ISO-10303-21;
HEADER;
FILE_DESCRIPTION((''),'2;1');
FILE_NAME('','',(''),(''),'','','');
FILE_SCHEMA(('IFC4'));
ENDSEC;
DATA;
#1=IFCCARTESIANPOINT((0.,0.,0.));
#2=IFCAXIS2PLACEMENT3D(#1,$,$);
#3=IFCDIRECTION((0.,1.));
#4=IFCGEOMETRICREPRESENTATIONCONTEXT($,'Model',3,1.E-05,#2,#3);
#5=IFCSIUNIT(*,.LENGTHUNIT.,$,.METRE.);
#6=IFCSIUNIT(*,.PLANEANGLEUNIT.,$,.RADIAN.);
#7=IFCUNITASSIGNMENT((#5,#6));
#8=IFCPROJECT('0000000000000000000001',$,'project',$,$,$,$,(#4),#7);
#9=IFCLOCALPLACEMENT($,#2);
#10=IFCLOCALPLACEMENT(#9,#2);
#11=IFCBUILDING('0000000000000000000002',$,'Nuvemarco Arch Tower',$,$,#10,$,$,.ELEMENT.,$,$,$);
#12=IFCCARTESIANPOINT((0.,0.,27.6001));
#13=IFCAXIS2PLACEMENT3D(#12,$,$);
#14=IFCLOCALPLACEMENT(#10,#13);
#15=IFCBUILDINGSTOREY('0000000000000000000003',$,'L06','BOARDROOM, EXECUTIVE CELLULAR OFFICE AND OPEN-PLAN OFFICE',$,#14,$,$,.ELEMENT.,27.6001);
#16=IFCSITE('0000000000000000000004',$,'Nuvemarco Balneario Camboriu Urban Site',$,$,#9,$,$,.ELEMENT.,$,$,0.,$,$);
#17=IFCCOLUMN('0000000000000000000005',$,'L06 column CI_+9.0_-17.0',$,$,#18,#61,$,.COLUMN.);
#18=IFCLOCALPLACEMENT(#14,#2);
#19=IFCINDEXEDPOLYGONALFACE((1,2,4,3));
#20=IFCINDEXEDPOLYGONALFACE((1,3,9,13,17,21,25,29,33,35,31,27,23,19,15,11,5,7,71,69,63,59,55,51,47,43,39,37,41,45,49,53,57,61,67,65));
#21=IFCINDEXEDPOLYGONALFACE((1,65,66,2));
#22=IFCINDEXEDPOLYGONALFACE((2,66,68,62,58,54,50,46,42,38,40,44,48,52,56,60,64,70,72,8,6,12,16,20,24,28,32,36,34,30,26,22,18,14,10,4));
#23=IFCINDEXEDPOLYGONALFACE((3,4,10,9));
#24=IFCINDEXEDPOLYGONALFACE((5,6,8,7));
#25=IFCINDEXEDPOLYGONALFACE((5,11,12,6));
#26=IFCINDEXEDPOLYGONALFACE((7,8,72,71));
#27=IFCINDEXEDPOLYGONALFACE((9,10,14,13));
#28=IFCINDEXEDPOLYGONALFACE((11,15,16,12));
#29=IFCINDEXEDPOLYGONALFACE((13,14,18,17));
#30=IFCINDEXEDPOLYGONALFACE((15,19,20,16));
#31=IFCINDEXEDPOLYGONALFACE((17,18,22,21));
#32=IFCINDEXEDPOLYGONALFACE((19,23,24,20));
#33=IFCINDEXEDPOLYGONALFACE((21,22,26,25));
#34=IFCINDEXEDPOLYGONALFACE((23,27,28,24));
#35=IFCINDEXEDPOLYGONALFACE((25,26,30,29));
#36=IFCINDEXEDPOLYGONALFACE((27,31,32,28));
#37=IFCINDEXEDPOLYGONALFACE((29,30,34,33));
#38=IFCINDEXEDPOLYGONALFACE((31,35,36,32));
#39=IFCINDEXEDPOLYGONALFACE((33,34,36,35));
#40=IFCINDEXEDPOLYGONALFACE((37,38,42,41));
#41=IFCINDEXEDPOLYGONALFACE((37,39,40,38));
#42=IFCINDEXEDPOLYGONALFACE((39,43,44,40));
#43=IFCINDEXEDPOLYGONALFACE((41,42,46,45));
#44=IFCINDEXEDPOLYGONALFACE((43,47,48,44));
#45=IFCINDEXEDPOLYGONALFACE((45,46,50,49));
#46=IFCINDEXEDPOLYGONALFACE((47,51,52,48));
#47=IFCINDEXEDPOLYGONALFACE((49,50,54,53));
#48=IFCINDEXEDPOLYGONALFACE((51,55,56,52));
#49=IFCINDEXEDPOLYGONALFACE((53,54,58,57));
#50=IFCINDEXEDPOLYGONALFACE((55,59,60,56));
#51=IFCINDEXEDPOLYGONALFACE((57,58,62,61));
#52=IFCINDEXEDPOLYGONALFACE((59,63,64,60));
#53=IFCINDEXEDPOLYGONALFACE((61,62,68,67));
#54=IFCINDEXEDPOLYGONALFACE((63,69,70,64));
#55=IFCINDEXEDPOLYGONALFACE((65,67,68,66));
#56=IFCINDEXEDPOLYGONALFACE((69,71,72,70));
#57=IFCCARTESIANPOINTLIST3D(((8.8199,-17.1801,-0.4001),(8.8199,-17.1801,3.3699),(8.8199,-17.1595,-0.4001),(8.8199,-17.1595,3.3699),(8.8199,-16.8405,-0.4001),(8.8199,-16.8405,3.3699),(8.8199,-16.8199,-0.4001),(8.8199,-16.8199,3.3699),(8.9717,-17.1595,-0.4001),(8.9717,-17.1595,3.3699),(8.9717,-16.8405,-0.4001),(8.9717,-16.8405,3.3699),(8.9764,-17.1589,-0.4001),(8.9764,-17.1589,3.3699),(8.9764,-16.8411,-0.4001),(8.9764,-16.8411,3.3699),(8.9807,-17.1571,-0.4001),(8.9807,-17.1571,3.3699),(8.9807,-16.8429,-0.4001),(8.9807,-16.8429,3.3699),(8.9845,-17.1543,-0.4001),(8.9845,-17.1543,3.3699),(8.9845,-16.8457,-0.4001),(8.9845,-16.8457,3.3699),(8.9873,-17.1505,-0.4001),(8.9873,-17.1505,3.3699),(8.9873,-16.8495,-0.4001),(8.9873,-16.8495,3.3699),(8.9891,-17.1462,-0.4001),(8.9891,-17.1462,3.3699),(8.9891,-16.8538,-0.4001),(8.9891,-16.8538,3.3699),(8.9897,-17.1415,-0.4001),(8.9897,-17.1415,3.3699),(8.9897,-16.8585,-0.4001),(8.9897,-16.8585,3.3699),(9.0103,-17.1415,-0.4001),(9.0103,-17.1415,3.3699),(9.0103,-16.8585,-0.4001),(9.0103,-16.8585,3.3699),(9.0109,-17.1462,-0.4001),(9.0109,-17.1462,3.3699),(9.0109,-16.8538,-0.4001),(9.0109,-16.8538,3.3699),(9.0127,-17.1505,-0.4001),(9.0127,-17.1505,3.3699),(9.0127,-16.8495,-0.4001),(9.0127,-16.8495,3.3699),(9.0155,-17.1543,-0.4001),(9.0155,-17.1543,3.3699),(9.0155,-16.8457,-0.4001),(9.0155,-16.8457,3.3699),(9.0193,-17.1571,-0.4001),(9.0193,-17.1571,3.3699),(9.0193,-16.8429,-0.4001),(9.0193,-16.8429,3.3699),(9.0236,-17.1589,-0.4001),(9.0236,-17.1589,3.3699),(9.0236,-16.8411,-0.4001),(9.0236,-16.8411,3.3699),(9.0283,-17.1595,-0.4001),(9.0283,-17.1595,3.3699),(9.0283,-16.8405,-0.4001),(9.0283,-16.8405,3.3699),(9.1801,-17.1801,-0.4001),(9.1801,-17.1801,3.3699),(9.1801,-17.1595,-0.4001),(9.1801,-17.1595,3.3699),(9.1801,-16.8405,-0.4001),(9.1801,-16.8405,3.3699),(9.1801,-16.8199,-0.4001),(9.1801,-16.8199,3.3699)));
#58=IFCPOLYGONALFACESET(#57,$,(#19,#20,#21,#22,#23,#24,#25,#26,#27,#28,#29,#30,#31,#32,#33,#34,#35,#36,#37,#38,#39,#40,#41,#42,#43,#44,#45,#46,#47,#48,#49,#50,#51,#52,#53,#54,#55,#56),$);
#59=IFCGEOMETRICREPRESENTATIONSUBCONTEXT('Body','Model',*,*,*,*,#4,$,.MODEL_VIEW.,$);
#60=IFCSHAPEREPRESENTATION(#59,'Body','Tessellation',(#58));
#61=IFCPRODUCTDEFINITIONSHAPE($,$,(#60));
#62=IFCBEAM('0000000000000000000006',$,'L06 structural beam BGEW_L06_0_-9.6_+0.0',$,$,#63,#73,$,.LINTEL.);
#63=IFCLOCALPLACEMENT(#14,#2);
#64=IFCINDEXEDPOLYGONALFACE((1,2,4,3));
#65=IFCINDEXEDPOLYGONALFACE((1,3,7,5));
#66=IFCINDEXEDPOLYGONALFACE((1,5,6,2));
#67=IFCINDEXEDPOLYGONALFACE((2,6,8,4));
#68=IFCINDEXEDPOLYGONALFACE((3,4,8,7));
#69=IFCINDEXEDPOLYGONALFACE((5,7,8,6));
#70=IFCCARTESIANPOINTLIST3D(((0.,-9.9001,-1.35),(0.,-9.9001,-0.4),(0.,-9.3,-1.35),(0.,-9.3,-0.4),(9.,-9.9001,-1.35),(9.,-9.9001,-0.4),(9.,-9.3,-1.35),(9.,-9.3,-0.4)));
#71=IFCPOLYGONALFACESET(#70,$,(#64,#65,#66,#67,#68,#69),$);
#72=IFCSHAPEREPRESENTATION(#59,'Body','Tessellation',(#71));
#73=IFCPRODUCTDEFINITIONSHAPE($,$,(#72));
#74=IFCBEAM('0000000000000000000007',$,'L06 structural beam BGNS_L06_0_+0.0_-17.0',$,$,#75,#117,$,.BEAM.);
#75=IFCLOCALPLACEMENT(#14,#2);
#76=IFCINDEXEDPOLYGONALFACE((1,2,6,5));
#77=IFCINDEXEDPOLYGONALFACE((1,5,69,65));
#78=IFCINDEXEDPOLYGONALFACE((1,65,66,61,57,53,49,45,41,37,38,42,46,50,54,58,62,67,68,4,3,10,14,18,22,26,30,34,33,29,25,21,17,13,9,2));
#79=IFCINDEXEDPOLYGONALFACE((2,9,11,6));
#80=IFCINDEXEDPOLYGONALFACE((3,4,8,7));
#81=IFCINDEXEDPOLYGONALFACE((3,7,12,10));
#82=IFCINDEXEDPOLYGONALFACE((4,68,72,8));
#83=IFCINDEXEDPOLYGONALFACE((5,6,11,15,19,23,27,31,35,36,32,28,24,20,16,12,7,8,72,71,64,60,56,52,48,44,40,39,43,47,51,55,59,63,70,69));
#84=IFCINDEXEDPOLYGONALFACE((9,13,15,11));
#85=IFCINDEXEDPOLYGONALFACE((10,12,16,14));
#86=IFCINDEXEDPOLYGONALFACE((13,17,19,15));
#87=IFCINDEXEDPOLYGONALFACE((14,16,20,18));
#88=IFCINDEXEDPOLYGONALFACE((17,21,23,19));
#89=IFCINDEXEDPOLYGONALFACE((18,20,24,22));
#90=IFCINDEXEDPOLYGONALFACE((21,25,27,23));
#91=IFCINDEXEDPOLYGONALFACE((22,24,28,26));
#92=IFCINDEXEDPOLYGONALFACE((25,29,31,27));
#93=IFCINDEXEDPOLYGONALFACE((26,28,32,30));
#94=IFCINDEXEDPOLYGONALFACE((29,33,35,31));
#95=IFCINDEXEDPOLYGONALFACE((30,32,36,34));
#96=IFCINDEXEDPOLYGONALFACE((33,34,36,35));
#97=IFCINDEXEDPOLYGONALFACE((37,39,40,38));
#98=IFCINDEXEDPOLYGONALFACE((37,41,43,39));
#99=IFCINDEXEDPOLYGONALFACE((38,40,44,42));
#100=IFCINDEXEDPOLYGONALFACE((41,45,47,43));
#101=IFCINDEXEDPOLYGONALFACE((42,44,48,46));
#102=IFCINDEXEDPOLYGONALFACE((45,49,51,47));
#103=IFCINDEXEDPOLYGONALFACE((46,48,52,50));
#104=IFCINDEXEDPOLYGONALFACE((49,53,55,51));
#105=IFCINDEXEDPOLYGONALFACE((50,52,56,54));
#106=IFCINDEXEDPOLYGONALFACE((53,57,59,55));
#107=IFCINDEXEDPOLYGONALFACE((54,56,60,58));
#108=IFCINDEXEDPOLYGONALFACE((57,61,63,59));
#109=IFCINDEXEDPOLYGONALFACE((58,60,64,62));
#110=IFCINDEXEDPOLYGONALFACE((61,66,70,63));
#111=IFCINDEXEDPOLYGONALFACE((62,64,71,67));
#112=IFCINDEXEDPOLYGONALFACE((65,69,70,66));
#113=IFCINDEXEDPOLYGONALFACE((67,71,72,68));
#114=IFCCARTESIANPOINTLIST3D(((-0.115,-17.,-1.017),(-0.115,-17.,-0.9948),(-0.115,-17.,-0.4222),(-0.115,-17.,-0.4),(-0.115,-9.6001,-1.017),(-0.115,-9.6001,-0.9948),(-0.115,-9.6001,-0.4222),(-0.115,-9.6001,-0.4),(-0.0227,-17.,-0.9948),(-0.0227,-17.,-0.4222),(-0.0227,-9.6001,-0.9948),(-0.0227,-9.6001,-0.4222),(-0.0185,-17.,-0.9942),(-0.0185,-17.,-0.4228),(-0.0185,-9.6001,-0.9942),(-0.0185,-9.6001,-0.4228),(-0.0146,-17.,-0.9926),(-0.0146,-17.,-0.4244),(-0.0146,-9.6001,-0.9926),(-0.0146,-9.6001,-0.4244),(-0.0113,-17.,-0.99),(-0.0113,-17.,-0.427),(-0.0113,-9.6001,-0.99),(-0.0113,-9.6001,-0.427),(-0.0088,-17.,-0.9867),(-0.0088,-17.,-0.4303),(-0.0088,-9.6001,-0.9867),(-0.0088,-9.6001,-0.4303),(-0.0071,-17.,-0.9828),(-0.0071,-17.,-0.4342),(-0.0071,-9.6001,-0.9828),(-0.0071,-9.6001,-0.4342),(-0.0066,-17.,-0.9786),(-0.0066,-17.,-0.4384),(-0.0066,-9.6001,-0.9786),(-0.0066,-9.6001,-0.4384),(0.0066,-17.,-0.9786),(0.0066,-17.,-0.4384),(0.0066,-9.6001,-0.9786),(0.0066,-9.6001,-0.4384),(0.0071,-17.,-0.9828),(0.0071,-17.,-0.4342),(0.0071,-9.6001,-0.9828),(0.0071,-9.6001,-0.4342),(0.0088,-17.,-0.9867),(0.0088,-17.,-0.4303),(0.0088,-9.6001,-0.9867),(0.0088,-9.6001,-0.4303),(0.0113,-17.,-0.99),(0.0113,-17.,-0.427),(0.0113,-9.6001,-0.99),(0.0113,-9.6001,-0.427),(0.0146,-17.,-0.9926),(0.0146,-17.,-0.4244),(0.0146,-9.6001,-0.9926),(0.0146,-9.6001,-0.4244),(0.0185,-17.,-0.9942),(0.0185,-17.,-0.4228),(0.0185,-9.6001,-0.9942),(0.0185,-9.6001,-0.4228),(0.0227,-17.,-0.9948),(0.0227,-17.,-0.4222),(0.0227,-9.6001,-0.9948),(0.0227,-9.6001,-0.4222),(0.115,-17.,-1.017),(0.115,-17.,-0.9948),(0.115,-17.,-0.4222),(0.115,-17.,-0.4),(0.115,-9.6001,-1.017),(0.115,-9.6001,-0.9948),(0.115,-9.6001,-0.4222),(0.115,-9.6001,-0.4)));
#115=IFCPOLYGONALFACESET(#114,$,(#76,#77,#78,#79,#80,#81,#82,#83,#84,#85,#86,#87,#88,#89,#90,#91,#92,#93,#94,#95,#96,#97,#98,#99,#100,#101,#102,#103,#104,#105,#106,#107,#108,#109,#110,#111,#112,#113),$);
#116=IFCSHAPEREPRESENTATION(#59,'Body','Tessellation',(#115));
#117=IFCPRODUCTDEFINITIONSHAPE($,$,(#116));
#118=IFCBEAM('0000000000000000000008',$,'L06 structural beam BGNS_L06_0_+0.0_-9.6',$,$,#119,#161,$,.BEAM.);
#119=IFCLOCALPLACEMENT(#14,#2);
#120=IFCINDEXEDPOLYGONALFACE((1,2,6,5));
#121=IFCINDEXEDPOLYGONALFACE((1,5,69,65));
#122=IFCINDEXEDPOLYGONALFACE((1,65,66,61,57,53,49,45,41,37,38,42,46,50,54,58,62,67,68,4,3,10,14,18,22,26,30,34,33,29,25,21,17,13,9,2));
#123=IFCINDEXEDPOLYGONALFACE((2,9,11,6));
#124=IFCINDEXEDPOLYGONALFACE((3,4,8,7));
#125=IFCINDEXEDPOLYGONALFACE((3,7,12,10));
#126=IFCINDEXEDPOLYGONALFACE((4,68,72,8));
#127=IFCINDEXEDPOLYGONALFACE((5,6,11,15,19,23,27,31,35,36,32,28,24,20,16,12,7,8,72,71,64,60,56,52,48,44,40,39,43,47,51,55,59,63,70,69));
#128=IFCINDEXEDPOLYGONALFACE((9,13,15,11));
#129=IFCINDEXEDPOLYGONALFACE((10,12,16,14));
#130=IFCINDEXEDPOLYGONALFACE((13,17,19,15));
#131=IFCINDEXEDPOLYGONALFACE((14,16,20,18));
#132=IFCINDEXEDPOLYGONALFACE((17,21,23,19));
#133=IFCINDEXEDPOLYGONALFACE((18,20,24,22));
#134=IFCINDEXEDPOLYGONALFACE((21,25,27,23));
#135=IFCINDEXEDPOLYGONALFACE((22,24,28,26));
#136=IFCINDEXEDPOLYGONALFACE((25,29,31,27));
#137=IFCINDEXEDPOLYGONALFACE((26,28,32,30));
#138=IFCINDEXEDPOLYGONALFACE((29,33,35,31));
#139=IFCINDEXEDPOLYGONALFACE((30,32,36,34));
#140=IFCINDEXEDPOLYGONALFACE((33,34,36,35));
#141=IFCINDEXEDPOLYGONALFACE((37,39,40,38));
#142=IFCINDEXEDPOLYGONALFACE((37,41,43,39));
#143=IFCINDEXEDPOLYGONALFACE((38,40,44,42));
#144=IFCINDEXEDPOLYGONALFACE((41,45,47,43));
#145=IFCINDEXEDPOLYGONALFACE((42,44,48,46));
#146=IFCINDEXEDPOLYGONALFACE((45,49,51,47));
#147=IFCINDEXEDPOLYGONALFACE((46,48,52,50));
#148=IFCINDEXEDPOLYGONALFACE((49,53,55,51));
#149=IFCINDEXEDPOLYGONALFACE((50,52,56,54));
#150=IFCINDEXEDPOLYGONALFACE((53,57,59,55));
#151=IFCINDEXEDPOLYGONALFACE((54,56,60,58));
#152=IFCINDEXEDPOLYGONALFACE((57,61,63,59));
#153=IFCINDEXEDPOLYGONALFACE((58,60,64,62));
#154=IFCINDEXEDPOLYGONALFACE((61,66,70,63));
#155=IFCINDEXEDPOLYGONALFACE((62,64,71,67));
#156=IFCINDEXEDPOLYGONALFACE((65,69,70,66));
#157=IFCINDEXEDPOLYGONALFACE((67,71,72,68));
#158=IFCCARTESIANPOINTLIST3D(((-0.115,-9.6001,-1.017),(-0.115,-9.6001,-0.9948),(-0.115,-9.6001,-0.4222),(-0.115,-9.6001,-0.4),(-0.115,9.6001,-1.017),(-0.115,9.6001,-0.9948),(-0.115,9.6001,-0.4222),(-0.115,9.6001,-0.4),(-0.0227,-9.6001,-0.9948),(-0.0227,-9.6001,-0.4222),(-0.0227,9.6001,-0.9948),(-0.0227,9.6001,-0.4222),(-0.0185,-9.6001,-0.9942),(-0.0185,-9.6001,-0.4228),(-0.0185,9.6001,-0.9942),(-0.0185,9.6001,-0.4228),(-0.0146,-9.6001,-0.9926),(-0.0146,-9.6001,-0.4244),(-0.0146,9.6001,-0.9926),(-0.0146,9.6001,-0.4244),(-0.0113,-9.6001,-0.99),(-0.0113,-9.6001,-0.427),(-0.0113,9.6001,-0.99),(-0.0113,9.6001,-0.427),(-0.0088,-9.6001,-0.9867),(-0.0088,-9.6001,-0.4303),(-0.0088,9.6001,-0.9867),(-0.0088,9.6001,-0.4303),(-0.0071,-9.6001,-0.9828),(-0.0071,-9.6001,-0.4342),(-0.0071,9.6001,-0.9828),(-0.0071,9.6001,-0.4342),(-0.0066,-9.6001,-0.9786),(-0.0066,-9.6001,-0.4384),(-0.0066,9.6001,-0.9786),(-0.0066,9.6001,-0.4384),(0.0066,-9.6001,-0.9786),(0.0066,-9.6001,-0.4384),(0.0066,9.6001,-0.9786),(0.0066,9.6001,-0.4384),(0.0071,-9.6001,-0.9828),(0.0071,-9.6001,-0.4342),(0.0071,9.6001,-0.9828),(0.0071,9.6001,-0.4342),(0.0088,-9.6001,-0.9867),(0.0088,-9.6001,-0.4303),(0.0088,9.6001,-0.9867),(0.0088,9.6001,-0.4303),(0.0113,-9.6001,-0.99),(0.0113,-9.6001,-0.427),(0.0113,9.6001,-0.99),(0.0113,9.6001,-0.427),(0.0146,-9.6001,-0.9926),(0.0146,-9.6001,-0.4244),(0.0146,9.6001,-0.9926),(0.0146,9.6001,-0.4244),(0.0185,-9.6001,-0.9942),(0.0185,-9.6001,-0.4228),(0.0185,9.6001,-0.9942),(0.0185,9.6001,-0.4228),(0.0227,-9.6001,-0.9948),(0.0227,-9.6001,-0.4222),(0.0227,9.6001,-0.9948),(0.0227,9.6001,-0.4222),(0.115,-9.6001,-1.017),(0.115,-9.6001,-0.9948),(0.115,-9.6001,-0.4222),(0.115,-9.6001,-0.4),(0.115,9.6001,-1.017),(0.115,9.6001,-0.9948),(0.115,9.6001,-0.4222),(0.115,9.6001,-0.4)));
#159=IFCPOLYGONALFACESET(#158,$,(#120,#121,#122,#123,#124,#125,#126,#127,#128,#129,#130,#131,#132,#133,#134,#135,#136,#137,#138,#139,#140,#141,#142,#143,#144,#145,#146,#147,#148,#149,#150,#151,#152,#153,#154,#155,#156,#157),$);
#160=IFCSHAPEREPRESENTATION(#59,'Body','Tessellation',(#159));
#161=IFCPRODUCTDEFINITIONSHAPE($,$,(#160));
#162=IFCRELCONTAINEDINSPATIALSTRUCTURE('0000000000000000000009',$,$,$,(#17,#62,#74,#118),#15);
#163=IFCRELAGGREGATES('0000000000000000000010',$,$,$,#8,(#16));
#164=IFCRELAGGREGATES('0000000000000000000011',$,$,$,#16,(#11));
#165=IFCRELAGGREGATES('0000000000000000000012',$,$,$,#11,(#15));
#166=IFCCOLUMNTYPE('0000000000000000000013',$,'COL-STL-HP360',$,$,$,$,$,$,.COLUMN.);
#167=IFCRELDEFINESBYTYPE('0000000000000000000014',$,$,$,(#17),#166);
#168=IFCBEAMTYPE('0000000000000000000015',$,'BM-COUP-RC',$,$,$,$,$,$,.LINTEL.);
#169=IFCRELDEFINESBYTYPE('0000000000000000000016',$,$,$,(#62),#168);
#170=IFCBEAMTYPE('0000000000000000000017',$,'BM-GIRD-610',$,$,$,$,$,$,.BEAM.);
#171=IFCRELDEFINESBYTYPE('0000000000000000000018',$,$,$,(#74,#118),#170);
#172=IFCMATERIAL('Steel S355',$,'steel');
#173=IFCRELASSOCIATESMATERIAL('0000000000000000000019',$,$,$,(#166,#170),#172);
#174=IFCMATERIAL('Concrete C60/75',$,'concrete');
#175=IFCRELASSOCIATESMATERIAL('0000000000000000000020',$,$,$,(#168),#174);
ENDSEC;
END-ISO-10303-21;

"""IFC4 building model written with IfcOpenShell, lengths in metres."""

from ifc_helpers import new_model, si_unit, direction, frame, origin, origin_2d, place, context, subcontext, project, spatial, rectangle, i_section, extrude, material, material_profile, profile_set, type_object, element, save


model = new_model("IFC4")

# Units and contexts
model_context = context("Model", 3, precision=1e-05, world=origin(), true_north=direction((0.0, 1.0)))
body_context = subcontext(model_context, "Body", "Model", "MODEL_VIEW")
ifc_project = project(units=[si_unit("LENGTHUNIT", "METRE"), si_unit("PLANEANGLEUNIT", "RADIAN")], contexts=[model_context])

# Site, building, storey
site_placement = place(None, origin())
site = spatial("IfcSite", under=ifc_project, at=site_placement, Name="Nuvemarco Balneario Camboriu Urban Site", CompositionType="ELEMENT", RefElevation=0.0)
building_placement = place(site_placement, origin())
building = spatial("IfcBuilding", under=site, at=building_placement, Name="Nuvemarco Arch Tower", CompositionType="ELEMENT")
storey_placement = place(building_placement, frame((0.0, 0.0, 27.6001)))
storey = spatial("IfcBuildingStorey", under=building, at=storey_placement, Name="L06", Description="BOARDROOM, EXECUTIVE CELLULAR OFFICE AND OPEN-PLAN OFFICE", CompositionType="ELEMENT", Elevation=27.6001)

# Column
ifc_material_1 = material(Name="Concrete C60/75", Category="concrete")
ifc_material_2 = material(Name="Steel S355", Category="steel")
ifc_material_profile_1 = material_profile(ifc_material_2, i_section(OverallWidth=0.3601, OverallDepth=0.3601, WebThickness=0.0205, FlangeThickness=0.0205, FilletRadius=0.0181, at=origin_2d()), Name="HP360x174")
ifc_profile_set_1 = profile_set([ifc_material_profile_1], Name="Steel S355")
column_type_1 = type_object("IfcColumnType", Name="COL-STL-HP360", PredefinedType="COLUMN", material=ifc_profile_set_1)
column_1_placement = place(storey_placement, frame((9.0, -17.0, -0.4001), z_axis=(0.0, 0.0, 1.0), x_axis=(1.0, 0.0, 0.0)))
element("IfcColumn", 1, at=column_1_placement, inside=storey, type_object=column_type_1, Name="L06 column CI_+9.0_-17.0", PredefinedType="COLUMN", context=body_context, shape_type="SweptSolid", body=[
    extrude(i_section(OverallWidth=0.3601, OverallDepth=0.3601, WebThickness=0.0205, FlangeThickness=0.0205, FilletRadius=0.0181, at=origin_2d()), origin(), (0.0, 0.0, 1.0), 3.77),
])

# Beams
ifc_material_profile_2 = material_profile(ifc_material_1, rectangle(XDim=0.6001, YDim=0.95, at=origin_2d()), Name="RC-BM-600x950")
ifc_profile_set_2 = profile_set([ifc_material_profile_2], Name="Concrete C60/75")
beam_type_1 = type_object("IfcBeamType", Name="BM-COUP-RC", PredefinedType="LINTEL", material=ifc_profile_set_2)
beam_1_placement = place(storey_placement, frame((0.0, -9.6001, -0.875), z_axis=(1.0, 0.0, 0.0), x_axis=(0.0, 1.0, 0.0)))
element("IfcBeam", 2, at=beam_1_placement, inside=storey, type_object=beam_type_1, Name="L06 structural beam BGEW_L06_0_-9.6_+0.0", PredefinedType="LINTEL", context=body_context, shape_type="SweptSolid", body=[
    extrude(rectangle(XDim=0.6001, YDim=0.95, at=origin_2d()), origin(), (0.0, 0.0, 1.0), 9.0),
])
ifc_material_profile_3 = material_profile(ifc_material_2, i_section(OverallWidth=0.23, OverallDepth=0.6169, WebThickness=0.0132, FlangeThickness=0.0222, FilletRadius=0.0161, at=origin_2d()), Name="W610x140")
ifc_profile_set_3 = profile_set([ifc_material_profile_3], Name="Steel S355")
beam_type_2 = type_object("IfcBeamType", Name="BM-GIRD-610", PredefinedType="BEAM", material=ifc_profile_set_3)
beam_2_placement = place(storey_placement, frame((0.0, -17.0, -0.7085), z_axis=(0.0, 1.0, 0.0), x_axis=(-1.0, 0.0, 0.0)))
element("IfcBeam", 3, at=beam_2_placement, inside=storey, type_object=beam_type_2, Name="L06 structural beam BGNS_L06_0_+0.0_-17.0", PredefinedType="BEAM", context=body_context, shape_type="SweptSolid", body=[
    extrude(i_section(OverallWidth=0.23, OverallDepth=0.6169, WebThickness=0.0132, FlangeThickness=0.0222, FilletRadius=0.0161, at=origin_2d()), origin(), (0.0, 0.0, 1.0), 7.3999),
])
beam_3_placement = place(storey_placement, frame((0.0, -9.6001, -0.7085), z_axis=(0.0, 1.0, 0.0), x_axis=(-1.0, 0.0, 0.0)))
element("IfcBeam", 4, at=beam_3_placement, inside=storey, type_object=beam_type_2, Name="L06 structural beam BGNS_L06_0_+0.0_-9.6", PredefinedType="BEAM", context=body_context, shape_type="SweptSolid", body=[
    extrude(i_section(OverallWidth=0.23, OverallDepth=0.6169, WebThickness=0.0132, FlangeThickness=0.0222, FilletRadius=0.0161, at=origin_2d()), origin(), (0.0, 0.0, 1.0), 19.2002),
])

save(model, "model.ifc")
